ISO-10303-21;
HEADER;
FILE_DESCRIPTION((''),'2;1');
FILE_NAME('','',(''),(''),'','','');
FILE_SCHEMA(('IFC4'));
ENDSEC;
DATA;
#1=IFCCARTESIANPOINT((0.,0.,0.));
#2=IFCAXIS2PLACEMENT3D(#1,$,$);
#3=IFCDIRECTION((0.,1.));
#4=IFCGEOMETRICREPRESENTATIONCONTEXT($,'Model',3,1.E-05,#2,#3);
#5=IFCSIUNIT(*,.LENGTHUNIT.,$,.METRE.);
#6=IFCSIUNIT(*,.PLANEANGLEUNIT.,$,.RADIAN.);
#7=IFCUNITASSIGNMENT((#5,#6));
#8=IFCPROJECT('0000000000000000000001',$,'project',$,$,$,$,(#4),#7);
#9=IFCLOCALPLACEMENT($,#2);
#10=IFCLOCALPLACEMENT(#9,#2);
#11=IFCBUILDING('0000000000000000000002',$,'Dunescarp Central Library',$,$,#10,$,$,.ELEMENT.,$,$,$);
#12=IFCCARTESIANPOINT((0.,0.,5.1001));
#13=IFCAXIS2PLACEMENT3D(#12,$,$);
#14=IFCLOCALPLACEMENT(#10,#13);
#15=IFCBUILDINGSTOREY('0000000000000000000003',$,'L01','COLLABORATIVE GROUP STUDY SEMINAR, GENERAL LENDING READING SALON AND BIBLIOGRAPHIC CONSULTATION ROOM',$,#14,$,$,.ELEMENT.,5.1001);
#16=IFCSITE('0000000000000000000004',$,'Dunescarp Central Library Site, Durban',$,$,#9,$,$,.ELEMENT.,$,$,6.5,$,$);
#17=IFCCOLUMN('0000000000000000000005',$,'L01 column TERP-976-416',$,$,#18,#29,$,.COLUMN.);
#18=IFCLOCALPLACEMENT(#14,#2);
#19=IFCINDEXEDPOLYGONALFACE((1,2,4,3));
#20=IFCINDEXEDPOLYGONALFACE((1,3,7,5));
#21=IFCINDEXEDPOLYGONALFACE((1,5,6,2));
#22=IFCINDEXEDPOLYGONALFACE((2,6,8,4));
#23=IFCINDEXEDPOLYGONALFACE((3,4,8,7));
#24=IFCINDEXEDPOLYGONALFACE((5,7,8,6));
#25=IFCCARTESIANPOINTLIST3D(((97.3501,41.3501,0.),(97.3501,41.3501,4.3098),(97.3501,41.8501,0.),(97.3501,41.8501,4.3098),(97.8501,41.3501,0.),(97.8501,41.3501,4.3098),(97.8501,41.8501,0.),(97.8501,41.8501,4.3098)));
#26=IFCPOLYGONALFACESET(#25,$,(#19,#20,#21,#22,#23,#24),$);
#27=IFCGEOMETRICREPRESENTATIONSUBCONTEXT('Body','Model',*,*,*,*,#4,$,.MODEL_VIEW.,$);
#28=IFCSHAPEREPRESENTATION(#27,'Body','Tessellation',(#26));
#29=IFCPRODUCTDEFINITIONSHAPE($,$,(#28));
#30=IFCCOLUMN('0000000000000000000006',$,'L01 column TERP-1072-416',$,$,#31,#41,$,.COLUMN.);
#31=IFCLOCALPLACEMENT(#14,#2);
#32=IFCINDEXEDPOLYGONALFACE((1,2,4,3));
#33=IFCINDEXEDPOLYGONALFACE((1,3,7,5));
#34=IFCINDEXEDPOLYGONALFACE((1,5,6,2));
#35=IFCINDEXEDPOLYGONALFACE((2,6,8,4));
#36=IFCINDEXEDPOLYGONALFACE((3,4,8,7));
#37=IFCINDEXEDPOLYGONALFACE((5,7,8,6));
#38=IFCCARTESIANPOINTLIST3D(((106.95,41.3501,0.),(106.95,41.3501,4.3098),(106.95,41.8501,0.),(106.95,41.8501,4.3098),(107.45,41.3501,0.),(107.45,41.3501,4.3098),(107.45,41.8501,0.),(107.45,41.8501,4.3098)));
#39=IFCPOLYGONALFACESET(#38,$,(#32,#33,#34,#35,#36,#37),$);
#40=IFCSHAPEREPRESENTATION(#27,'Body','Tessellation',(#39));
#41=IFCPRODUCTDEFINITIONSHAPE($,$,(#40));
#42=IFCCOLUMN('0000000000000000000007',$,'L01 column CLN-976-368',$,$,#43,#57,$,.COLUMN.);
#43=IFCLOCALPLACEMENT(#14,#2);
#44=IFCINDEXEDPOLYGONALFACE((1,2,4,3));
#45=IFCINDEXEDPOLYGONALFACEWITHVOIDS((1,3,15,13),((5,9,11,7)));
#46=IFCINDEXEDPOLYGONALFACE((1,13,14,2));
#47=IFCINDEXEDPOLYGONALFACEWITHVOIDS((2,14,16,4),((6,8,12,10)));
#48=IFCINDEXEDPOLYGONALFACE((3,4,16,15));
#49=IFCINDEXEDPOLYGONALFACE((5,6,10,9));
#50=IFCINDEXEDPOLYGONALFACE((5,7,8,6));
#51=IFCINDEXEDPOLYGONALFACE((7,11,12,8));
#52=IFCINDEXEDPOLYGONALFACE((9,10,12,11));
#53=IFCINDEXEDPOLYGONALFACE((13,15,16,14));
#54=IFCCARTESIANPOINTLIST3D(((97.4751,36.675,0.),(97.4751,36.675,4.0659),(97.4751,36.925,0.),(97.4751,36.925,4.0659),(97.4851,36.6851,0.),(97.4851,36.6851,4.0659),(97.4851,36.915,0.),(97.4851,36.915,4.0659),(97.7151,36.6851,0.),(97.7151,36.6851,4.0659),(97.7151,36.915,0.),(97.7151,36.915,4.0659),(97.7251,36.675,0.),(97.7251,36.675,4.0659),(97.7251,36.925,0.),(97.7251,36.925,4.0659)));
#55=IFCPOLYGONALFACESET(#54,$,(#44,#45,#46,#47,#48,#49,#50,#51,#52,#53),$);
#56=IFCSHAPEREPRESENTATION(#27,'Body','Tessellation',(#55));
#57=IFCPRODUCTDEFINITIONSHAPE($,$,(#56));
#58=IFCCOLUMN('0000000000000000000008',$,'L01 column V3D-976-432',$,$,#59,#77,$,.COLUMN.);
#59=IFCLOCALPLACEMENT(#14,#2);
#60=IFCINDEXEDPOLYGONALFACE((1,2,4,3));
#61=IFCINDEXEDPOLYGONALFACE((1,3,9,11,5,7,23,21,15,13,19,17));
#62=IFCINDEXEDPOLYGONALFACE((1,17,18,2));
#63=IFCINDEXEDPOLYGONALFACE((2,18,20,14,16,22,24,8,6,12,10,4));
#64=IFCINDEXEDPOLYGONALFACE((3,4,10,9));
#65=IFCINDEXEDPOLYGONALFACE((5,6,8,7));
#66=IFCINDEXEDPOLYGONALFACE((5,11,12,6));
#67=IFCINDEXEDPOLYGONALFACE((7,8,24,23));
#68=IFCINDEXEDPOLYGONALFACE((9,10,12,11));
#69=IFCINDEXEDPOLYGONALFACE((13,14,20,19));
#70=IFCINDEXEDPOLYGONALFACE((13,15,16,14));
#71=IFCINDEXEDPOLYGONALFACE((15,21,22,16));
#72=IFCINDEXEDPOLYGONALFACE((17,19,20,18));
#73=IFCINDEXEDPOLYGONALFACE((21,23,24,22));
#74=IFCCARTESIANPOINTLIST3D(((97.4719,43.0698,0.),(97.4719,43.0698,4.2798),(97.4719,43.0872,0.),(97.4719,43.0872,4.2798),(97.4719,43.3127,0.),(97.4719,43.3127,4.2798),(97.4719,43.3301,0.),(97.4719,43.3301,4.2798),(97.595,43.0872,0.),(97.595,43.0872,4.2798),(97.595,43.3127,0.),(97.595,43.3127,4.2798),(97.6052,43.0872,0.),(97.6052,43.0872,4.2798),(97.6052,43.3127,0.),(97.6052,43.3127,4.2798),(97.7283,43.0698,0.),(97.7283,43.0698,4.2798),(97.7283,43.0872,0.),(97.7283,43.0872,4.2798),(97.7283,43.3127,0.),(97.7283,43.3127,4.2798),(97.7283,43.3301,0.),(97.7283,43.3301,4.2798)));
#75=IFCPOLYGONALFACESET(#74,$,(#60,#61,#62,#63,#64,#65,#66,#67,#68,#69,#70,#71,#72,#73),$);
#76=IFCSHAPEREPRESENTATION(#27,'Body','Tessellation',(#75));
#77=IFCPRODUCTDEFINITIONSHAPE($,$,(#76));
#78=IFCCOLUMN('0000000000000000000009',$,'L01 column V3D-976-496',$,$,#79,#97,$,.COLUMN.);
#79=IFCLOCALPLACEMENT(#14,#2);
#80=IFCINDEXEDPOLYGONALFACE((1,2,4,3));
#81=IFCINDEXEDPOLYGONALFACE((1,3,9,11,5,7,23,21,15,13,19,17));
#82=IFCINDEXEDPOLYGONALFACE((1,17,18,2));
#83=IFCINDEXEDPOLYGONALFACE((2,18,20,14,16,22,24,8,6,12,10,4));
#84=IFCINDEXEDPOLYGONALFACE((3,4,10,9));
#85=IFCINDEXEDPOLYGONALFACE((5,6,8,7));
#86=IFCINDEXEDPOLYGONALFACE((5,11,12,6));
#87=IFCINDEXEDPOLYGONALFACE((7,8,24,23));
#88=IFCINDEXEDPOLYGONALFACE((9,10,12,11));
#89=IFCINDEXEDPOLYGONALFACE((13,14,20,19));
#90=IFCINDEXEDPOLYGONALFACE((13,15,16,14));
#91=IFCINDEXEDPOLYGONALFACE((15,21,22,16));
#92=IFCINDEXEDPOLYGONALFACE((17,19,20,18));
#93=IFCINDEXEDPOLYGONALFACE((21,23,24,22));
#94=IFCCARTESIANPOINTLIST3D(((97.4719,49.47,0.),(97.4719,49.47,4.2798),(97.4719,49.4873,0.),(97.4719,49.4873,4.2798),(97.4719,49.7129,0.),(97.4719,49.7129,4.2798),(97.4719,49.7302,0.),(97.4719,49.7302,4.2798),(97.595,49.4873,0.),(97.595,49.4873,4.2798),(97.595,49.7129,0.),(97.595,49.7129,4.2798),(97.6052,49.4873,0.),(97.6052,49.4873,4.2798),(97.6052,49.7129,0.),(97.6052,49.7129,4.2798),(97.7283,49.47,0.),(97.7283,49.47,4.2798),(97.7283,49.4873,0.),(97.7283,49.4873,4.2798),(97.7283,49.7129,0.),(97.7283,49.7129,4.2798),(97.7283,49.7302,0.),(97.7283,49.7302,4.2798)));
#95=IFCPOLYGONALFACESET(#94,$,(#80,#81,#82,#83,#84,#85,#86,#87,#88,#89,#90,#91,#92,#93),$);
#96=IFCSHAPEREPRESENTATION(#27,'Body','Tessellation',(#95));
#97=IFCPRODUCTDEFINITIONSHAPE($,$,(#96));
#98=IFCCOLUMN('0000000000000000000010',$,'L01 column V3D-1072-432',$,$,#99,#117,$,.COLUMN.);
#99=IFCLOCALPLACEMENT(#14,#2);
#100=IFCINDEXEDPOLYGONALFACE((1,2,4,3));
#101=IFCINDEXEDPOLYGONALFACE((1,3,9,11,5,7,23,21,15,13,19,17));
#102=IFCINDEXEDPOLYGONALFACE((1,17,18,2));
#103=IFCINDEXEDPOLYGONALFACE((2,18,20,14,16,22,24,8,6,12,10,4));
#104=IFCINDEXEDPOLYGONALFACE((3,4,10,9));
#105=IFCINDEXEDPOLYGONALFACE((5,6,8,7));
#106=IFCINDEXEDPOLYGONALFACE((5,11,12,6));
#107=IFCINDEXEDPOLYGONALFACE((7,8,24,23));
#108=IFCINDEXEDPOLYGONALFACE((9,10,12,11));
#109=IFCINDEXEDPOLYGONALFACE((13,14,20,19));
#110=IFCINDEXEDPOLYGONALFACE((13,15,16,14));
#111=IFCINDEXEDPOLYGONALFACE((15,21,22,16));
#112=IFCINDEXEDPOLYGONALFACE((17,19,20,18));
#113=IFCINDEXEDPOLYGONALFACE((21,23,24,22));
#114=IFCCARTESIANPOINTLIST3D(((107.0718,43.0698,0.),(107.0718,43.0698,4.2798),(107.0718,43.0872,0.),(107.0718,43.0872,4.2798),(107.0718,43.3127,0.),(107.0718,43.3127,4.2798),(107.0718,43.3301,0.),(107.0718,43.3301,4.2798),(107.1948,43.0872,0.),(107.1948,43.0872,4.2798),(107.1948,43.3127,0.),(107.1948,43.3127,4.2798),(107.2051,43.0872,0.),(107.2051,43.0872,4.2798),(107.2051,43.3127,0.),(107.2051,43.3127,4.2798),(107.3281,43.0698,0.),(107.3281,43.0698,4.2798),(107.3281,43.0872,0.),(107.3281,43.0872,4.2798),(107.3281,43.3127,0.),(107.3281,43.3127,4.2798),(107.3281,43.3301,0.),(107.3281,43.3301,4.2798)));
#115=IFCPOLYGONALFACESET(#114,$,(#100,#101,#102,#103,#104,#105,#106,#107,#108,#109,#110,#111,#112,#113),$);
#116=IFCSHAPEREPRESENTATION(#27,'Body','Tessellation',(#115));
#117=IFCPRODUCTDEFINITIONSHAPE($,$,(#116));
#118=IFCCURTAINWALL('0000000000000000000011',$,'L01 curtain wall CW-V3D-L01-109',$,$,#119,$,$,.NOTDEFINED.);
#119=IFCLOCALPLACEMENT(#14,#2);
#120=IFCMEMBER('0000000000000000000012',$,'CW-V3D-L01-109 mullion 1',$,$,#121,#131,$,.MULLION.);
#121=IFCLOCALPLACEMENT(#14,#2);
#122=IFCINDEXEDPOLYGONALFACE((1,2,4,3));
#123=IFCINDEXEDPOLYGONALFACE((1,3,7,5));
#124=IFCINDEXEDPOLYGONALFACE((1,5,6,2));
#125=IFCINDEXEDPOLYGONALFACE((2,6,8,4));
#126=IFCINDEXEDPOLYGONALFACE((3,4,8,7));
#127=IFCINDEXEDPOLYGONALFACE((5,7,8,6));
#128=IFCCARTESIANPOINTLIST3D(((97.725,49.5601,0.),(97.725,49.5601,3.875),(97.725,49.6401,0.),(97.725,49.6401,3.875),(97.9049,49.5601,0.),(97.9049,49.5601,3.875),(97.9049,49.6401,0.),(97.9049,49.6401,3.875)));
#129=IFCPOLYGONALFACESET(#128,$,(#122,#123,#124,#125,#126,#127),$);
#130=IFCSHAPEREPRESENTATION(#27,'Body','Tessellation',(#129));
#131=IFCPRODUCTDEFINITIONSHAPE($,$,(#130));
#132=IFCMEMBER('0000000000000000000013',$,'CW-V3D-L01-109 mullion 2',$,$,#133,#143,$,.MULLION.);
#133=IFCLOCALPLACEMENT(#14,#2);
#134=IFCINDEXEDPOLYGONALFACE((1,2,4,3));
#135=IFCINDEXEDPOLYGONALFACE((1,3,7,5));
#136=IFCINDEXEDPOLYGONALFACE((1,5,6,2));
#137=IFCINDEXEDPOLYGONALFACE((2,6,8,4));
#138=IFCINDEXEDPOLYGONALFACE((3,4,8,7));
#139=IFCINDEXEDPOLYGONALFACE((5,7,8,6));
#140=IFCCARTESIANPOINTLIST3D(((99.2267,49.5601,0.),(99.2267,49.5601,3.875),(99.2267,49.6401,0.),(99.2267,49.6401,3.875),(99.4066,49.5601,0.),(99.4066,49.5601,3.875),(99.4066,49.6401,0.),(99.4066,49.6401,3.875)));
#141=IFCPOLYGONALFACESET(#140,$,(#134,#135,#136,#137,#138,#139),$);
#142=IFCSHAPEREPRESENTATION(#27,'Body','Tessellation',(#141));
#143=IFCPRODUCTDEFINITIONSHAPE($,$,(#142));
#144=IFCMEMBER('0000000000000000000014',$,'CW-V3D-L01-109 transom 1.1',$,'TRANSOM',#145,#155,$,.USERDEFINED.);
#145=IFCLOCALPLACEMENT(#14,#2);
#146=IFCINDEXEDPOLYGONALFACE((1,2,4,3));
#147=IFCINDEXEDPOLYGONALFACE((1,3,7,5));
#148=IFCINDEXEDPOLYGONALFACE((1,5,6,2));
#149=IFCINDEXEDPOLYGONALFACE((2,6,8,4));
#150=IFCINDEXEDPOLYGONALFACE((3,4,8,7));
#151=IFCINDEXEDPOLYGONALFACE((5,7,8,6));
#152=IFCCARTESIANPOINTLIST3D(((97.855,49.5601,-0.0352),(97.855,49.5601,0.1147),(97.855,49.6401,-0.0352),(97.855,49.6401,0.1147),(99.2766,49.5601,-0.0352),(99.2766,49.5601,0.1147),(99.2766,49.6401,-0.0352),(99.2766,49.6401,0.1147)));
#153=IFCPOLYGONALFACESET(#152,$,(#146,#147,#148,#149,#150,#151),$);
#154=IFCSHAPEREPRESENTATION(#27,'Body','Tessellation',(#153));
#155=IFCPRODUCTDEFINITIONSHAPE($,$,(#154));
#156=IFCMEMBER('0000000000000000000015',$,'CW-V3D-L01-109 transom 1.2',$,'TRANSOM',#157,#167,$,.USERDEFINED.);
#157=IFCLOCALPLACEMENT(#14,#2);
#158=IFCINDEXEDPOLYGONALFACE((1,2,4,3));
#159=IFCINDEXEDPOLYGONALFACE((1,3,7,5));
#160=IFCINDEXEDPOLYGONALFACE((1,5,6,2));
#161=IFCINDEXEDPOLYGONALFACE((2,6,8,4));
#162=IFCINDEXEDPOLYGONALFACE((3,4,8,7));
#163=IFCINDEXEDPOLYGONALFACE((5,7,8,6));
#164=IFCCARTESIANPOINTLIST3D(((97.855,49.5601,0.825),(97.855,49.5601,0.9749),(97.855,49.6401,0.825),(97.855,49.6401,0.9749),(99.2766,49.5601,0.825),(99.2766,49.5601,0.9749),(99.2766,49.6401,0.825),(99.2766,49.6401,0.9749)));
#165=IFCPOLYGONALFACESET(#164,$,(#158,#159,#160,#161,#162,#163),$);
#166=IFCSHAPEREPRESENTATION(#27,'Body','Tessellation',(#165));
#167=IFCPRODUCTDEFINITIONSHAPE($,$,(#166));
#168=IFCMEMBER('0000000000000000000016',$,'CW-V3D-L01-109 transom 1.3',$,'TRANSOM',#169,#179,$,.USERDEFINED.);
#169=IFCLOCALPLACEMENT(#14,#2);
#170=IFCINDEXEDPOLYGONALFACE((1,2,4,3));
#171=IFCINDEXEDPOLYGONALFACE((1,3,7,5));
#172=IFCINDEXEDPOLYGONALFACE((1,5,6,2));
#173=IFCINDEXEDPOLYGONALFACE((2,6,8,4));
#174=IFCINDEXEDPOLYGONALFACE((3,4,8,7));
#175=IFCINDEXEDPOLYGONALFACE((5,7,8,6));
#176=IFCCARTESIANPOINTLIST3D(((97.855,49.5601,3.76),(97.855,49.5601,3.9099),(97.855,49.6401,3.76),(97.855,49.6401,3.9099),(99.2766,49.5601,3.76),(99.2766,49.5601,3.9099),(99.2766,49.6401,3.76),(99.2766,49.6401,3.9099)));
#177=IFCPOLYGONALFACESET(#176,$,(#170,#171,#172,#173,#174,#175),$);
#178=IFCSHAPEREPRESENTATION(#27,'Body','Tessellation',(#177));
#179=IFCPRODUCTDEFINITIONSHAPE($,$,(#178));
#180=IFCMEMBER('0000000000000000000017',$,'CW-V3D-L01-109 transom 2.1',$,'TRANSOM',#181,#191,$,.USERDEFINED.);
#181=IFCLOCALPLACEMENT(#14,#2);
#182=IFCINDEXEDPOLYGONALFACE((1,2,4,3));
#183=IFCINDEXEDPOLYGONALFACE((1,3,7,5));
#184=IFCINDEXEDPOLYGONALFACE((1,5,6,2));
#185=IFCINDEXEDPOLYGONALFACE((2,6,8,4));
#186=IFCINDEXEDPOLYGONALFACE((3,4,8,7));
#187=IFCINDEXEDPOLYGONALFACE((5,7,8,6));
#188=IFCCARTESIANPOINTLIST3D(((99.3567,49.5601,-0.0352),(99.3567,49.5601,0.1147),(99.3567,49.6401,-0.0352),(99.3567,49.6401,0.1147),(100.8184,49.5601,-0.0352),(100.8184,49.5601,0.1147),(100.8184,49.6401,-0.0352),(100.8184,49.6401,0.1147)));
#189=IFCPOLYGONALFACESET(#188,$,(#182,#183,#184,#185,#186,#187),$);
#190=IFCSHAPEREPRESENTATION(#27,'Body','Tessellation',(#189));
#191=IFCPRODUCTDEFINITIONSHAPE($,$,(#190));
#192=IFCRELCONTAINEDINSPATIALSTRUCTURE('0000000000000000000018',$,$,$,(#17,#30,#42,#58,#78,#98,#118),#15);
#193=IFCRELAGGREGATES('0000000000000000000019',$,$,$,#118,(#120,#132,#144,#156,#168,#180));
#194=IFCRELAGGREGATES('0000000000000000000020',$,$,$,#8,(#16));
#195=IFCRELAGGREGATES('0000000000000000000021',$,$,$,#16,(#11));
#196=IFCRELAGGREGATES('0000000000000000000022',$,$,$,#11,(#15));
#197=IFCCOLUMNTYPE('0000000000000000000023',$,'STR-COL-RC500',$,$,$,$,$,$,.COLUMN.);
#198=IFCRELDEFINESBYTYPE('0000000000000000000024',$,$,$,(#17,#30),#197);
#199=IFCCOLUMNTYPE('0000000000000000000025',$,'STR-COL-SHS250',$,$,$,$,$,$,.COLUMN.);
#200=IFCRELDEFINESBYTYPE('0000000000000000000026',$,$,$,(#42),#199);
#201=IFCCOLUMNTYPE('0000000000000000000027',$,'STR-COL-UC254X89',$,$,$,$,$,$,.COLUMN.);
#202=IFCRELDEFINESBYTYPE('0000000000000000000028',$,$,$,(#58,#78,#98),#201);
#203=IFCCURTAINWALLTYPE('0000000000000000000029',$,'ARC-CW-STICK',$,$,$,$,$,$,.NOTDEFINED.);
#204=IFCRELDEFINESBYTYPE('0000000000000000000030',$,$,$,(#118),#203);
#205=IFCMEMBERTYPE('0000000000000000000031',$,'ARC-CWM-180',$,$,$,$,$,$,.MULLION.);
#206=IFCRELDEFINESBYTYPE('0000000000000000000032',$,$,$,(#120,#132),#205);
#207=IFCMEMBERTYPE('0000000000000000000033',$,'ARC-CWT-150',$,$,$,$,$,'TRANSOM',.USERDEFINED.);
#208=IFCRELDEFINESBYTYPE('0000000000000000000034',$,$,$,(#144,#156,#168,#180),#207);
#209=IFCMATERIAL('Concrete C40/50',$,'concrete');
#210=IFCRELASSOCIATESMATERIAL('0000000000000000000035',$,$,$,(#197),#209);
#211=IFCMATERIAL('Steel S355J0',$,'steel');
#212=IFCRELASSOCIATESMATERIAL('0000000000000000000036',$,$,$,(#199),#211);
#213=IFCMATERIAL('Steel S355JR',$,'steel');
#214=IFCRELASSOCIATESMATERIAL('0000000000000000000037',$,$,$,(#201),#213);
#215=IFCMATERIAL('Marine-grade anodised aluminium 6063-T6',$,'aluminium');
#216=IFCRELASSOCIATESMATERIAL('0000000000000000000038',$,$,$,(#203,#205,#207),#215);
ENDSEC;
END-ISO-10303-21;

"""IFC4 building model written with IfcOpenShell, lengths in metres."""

from ifc_helpers import new_model, si_unit, direction, frame, origin, origin_2d, place, context, subcontext, project, spatial, rectangle, hollow_rectangle, i_section, extrude, material, material_profile, profile_set, type_object, element, aggregate, save


model = new_model("IFC4")

# Units and contexts
model_context = context("Model", 3, precision=1e-05, world=origin(), true_north=direction((0.0, 1.0)))
body_context = subcontext(model_context, "Body", "Model", "MODEL_VIEW")
ifc_project = project(units=[si_unit("LENGTHUNIT", "METRE"), si_unit("PLANEANGLEUNIT", "RADIAN")], contexts=[model_context])

# Site, building, storey
site_placement = place(None, origin())
site = spatial("IfcSite", under=ifc_project, at=site_placement, Name="Dunescarp Central Library Site, Durban", CompositionType="ELEMENT", RefElevation=6.5)
building_placement = place(site_placement, origin())
building = spatial("IfcBuilding", under=site, at=building_placement, Name="Dunescarp Central Library", CompositionType="ELEMENT")
storey_placement = place(building_placement, frame((0.0, 0.0, 5.1001)))
storey = spatial("IfcBuildingStorey", under=building, at=storey_placement, Name="L01", Description="COLLABORATIVE GROUP STUDY SEMINAR, GENERAL LENDING READING SALON AND BIBLIOGRAPHIC CONSULTATION ROOM", CompositionType="ELEMENT", Elevation=5.1001)

# Columns
ifc_material_1 = material(Name="Concrete C40/50", Category="concrete")
ifc_material_profile_1 = material_profile(ifc_material_1, rectangle(XDim=0.5, YDim=0.5, at=origin_2d()), Name="RC 500x500")
ifc_profile_set_1 = profile_set([ifc_material_profile_1], Name="Concrete C40/50")
column_type_1 = type_object("IfcColumnType", Name="STR-COL-RC500", PredefinedType="COLUMN", material=ifc_profile_set_1)
for number, where, z_axis, x_axis, name in (
    (1, (97.6001, 41.6001, 0.0), (0.0, 0.0, 1.0), (1.0, 0.0, 0.0), "L01 column TERP-976-416"),
    (2, (107.2, 41.6001, 0.0), (0.0, 0.0, 1.0), (1.0, 0.0, 0.0), "L01 column TERP-1072-416"),
):
    element("IfcColumn", number, at=place(storey_placement, frame(where, z_axis=z_axis, x_axis=x_axis)), inside=storey, type_object=column_type_1, Name=name, PredefinedType="COLUMN", context=body_context, shape_type="SweptSolid", body=[
        extrude(rectangle(XDim=0.5, YDim=0.5, at=origin_2d()), origin(), (0.0, 0.0, 1.0), 4.3098),
    ])
ifc_material_2 = material(Name="Steel S355J0", Category="steel")
ifc_material_profile_2 = material_profile(ifc_material_2, hollow_rectangle(XDim=0.25, YDim=0.25, WallThickness=0.01, at=origin_2d()), Name="SHS 250x250x10")
ifc_profile_set_2 = profile_set([ifc_material_profile_2], Name="Steel S355J0")
column_type_2 = type_object("IfcColumnType", Name="STR-COL-SHS250", PredefinedType="COLUMN", material=ifc_profile_set_2)
column_placement = place(storey_placement, frame((97.6001, 36.8, 0.0), z_axis=(0.0, 0.0, 1.0), x_axis=(1.0, 0.0, 0.0)))
element("IfcColumn", 3, at=column_placement, inside=storey, type_object=column_type_2, Name="L01 column CLN-976-368", PredefinedType="COLUMN", context=body_context, shape_type="SweptSolid", body=[
    extrude(hollow_rectangle(XDim=0.25, YDim=0.25, WallThickness=0.01, at=origin_2d()), origin(), (0.0, 0.0, 1.0), 4.0659),
])
ifc_material_3 = material(Name="Steel S355JR", Category="steel")
ifc_material_profile_3 = material_profile(ifc_material_3, i_section(OverallWidth=0.2563, OverallDepth=0.2603, WebThickness=0.0103, FlangeThickness=0.0173, at=origin_2d()), Name="UC 254x254x89")
ifc_profile_set_3 = profile_set([ifc_material_profile_3], Name="Steel S355JR")
column_type_3 = type_object("IfcColumnType", Name="STR-COL-UC254X89", PredefinedType="COLUMN", material=ifc_profile_set_3)
for number, where, z_axis, x_axis, name in (
    (4, (97.6001, 43.2, 0.0), (0.0, 0.0, 1.0), (1.0, 0.0, 0.0), "L01 column V3D-976-432"),
    (5, (97.6001, 49.6001, 0.0), (0.0, 0.0, 1.0), (1.0, 0.0, 0.0), "L01 column V3D-976-496"),
    (6, (107.2, 43.2, 0.0), (0.0, 0.0, 1.0), (1.0, 0.0, 0.0), "L01 column V3D-1072-432"),
):
    element("IfcColumn", number, at=place(storey_placement, frame(where, z_axis=z_axis, x_axis=x_axis)), inside=storey, type_object=column_type_3, Name=name, PredefinedType="COLUMN", context=body_context, shape_type="SweptSolid", body=[
        extrude(i_section(OverallWidth=0.2563, OverallDepth=0.2603, WebThickness=0.0103, FlangeThickness=0.0173, at=origin_2d()), origin(), (0.0, 0.0, 1.0), 4.2798),
    ])

# Curtain wall, members
ifc_material_4 = material(Name="Marine-grade anodised aluminium 6063-T6", Category="aluminium")
curtain_wall_type = type_object("IfcCurtainWallType", Name="ARC-CW-STICK", PredefinedType="NOTDEFINED", material=ifc_material_4)
curtain_wall_placement = place(storey_placement, origin())
curtain_wall = element("IfcCurtainWall", 7, at=curtain_wall_placement, inside=storey, type_object=curtain_wall_type, Name="L01 curtain wall CW-V3D-L01-109", PredefinedType="NOTDEFINED")
ifc_material_profile_4 = material_profile(ifc_material_4, rectangle(XDim=0.0801, YDim=0.1799, at=origin_2d()), Name="AL 80x180")
ifc_profile_set_4 = profile_set([ifc_material_profile_4], Name="Marine-grade anodised aluminium 6063-T6")
member_type_1 = type_object("IfcMemberType", Name="ARC-CWM-180", PredefinedType="MULLION", material=ifc_profile_set_4)
member_1_placement = place(storey_placement, frame((97.8149, 49.6001, 0.0), z_axis=(0.0, 0.0, 1.0), x_axis=(0.0, 1.0, 0.0)))
member_1 = element("IfcMember", 8, at=member_1_placement, type_object=member_type_1, Name="CW-V3D-L01-109 mullion 1", PredefinedType="MULLION", context=body_context, shape_type="SweptSolid", body=[
    extrude(rectangle(XDim=0.0801, YDim=0.1799, at=origin_2d()), origin(), (0.0, 0.0, 1.0), 3.875),
])
member_2_placement = place(storey_placement, frame((99.3167, 49.6001, 0.0), z_axis=(0.0, 0.0, 1.0), x_axis=(0.0, 1.0, 0.0)))
member_2 = element("IfcMember", 9, at=member_2_placement, type_object=member_type_1, Name="CW-V3D-L01-109 mullion 2", PredefinedType="MULLION", context=body_context, shape_type="SweptSolid", body=[
    extrude(rectangle(XDim=0.0801, YDim=0.1799, at=origin_2d()), origin(), (0.0, 0.0, 1.0), 3.875),
])
ifc_material_profile_5 = material_profile(ifc_material_4, rectangle(XDim=0.0801, YDim=0.1499, at=origin_2d()), Name="AL 80x150")
ifc_profile_set_5 = profile_set([ifc_material_profile_5], Name="Marine-grade anodised aluminium 6063-T6")
member_type_2 = type_object("IfcMemberType", Name="ARC-CWT-150", ElementType="TRANSOM", PredefinedType="USERDEFINED", material=ifc_profile_set_5)
member_3_placement = place(storey_placement, frame((97.855, 49.6001, 0.0398), z_axis=(1.0, 0.0, 0.0), x_axis=(0.0, 1.0, 0.0)))
member_3 = element("IfcMember", 10, at=member_3_placement, type_object=member_type_2, Name="CW-V3D-L01-109 transom 1.1", ObjectType="TRANSOM", PredefinedType="USERDEFINED", context=body_context, shape_type="SweptSolid", body=[
    extrude(rectangle(XDim=0.0801, YDim=0.1499, at=origin_2d()), origin(), (0.0, 0.0, 1.0), 1.4216),
])
member_4_placement = place(storey_placement, frame((97.855, 49.6001, 0.8999), z_axis=(1.0, 0.0, 0.0), x_axis=(0.0, 1.0, 0.0)))
member_4 = element("IfcMember", 11, at=member_4_placement, type_object=member_type_2, Name="CW-V3D-L01-109 transom 1.2", ObjectType="TRANSOM", PredefinedType="USERDEFINED", context=body_context, shape_type="SweptSolid", body=[
    extrude(rectangle(XDim=0.0801, YDim=0.1499, at=origin_2d()), origin(), (0.0, 0.0, 1.0), 1.4216),
])
member_5_placement = place(storey_placement, frame((97.855, 49.6001, 3.835), z_axis=(1.0, 0.0, 0.0), x_axis=(0.0, 1.0, 0.0)))
member_5 = element("IfcMember", 12, at=member_5_placement, type_object=member_type_2, Name="CW-V3D-L01-109 transom 1.3", ObjectType="TRANSOM", PredefinedType="USERDEFINED", context=body_context, shape_type="SweptSolid", body=[
    extrude(rectangle(XDim=0.0801, YDim=0.1499, at=origin_2d()), origin(), (0.0, 0.0, 1.0), 1.4216),
])
member_6_placement = place(storey_placement, frame((99.3567, 49.6001, 0.0398), z_axis=(1.0, 0.0, 0.0), x_axis=(0.0, 1.0, 0.0)))
member_6 = element("IfcMember", 13, at=member_6_placement, type_object=member_type_2, Name="CW-V3D-L01-109 transom 2.1", ObjectType="TRANSOM", PredefinedType="USERDEFINED", context=body_context, shape_type="SweptSolid", body=[
    extrude(rectangle(XDim=0.0801, YDim=0.1499, at=origin_2d()), origin(), (0.0, 0.0, 1.0), 1.4617),
])

aggregate(curtain_wall, [member_1, member_2, member_3, member_4, member_5, member_6])

save(model, "model.ifc")
